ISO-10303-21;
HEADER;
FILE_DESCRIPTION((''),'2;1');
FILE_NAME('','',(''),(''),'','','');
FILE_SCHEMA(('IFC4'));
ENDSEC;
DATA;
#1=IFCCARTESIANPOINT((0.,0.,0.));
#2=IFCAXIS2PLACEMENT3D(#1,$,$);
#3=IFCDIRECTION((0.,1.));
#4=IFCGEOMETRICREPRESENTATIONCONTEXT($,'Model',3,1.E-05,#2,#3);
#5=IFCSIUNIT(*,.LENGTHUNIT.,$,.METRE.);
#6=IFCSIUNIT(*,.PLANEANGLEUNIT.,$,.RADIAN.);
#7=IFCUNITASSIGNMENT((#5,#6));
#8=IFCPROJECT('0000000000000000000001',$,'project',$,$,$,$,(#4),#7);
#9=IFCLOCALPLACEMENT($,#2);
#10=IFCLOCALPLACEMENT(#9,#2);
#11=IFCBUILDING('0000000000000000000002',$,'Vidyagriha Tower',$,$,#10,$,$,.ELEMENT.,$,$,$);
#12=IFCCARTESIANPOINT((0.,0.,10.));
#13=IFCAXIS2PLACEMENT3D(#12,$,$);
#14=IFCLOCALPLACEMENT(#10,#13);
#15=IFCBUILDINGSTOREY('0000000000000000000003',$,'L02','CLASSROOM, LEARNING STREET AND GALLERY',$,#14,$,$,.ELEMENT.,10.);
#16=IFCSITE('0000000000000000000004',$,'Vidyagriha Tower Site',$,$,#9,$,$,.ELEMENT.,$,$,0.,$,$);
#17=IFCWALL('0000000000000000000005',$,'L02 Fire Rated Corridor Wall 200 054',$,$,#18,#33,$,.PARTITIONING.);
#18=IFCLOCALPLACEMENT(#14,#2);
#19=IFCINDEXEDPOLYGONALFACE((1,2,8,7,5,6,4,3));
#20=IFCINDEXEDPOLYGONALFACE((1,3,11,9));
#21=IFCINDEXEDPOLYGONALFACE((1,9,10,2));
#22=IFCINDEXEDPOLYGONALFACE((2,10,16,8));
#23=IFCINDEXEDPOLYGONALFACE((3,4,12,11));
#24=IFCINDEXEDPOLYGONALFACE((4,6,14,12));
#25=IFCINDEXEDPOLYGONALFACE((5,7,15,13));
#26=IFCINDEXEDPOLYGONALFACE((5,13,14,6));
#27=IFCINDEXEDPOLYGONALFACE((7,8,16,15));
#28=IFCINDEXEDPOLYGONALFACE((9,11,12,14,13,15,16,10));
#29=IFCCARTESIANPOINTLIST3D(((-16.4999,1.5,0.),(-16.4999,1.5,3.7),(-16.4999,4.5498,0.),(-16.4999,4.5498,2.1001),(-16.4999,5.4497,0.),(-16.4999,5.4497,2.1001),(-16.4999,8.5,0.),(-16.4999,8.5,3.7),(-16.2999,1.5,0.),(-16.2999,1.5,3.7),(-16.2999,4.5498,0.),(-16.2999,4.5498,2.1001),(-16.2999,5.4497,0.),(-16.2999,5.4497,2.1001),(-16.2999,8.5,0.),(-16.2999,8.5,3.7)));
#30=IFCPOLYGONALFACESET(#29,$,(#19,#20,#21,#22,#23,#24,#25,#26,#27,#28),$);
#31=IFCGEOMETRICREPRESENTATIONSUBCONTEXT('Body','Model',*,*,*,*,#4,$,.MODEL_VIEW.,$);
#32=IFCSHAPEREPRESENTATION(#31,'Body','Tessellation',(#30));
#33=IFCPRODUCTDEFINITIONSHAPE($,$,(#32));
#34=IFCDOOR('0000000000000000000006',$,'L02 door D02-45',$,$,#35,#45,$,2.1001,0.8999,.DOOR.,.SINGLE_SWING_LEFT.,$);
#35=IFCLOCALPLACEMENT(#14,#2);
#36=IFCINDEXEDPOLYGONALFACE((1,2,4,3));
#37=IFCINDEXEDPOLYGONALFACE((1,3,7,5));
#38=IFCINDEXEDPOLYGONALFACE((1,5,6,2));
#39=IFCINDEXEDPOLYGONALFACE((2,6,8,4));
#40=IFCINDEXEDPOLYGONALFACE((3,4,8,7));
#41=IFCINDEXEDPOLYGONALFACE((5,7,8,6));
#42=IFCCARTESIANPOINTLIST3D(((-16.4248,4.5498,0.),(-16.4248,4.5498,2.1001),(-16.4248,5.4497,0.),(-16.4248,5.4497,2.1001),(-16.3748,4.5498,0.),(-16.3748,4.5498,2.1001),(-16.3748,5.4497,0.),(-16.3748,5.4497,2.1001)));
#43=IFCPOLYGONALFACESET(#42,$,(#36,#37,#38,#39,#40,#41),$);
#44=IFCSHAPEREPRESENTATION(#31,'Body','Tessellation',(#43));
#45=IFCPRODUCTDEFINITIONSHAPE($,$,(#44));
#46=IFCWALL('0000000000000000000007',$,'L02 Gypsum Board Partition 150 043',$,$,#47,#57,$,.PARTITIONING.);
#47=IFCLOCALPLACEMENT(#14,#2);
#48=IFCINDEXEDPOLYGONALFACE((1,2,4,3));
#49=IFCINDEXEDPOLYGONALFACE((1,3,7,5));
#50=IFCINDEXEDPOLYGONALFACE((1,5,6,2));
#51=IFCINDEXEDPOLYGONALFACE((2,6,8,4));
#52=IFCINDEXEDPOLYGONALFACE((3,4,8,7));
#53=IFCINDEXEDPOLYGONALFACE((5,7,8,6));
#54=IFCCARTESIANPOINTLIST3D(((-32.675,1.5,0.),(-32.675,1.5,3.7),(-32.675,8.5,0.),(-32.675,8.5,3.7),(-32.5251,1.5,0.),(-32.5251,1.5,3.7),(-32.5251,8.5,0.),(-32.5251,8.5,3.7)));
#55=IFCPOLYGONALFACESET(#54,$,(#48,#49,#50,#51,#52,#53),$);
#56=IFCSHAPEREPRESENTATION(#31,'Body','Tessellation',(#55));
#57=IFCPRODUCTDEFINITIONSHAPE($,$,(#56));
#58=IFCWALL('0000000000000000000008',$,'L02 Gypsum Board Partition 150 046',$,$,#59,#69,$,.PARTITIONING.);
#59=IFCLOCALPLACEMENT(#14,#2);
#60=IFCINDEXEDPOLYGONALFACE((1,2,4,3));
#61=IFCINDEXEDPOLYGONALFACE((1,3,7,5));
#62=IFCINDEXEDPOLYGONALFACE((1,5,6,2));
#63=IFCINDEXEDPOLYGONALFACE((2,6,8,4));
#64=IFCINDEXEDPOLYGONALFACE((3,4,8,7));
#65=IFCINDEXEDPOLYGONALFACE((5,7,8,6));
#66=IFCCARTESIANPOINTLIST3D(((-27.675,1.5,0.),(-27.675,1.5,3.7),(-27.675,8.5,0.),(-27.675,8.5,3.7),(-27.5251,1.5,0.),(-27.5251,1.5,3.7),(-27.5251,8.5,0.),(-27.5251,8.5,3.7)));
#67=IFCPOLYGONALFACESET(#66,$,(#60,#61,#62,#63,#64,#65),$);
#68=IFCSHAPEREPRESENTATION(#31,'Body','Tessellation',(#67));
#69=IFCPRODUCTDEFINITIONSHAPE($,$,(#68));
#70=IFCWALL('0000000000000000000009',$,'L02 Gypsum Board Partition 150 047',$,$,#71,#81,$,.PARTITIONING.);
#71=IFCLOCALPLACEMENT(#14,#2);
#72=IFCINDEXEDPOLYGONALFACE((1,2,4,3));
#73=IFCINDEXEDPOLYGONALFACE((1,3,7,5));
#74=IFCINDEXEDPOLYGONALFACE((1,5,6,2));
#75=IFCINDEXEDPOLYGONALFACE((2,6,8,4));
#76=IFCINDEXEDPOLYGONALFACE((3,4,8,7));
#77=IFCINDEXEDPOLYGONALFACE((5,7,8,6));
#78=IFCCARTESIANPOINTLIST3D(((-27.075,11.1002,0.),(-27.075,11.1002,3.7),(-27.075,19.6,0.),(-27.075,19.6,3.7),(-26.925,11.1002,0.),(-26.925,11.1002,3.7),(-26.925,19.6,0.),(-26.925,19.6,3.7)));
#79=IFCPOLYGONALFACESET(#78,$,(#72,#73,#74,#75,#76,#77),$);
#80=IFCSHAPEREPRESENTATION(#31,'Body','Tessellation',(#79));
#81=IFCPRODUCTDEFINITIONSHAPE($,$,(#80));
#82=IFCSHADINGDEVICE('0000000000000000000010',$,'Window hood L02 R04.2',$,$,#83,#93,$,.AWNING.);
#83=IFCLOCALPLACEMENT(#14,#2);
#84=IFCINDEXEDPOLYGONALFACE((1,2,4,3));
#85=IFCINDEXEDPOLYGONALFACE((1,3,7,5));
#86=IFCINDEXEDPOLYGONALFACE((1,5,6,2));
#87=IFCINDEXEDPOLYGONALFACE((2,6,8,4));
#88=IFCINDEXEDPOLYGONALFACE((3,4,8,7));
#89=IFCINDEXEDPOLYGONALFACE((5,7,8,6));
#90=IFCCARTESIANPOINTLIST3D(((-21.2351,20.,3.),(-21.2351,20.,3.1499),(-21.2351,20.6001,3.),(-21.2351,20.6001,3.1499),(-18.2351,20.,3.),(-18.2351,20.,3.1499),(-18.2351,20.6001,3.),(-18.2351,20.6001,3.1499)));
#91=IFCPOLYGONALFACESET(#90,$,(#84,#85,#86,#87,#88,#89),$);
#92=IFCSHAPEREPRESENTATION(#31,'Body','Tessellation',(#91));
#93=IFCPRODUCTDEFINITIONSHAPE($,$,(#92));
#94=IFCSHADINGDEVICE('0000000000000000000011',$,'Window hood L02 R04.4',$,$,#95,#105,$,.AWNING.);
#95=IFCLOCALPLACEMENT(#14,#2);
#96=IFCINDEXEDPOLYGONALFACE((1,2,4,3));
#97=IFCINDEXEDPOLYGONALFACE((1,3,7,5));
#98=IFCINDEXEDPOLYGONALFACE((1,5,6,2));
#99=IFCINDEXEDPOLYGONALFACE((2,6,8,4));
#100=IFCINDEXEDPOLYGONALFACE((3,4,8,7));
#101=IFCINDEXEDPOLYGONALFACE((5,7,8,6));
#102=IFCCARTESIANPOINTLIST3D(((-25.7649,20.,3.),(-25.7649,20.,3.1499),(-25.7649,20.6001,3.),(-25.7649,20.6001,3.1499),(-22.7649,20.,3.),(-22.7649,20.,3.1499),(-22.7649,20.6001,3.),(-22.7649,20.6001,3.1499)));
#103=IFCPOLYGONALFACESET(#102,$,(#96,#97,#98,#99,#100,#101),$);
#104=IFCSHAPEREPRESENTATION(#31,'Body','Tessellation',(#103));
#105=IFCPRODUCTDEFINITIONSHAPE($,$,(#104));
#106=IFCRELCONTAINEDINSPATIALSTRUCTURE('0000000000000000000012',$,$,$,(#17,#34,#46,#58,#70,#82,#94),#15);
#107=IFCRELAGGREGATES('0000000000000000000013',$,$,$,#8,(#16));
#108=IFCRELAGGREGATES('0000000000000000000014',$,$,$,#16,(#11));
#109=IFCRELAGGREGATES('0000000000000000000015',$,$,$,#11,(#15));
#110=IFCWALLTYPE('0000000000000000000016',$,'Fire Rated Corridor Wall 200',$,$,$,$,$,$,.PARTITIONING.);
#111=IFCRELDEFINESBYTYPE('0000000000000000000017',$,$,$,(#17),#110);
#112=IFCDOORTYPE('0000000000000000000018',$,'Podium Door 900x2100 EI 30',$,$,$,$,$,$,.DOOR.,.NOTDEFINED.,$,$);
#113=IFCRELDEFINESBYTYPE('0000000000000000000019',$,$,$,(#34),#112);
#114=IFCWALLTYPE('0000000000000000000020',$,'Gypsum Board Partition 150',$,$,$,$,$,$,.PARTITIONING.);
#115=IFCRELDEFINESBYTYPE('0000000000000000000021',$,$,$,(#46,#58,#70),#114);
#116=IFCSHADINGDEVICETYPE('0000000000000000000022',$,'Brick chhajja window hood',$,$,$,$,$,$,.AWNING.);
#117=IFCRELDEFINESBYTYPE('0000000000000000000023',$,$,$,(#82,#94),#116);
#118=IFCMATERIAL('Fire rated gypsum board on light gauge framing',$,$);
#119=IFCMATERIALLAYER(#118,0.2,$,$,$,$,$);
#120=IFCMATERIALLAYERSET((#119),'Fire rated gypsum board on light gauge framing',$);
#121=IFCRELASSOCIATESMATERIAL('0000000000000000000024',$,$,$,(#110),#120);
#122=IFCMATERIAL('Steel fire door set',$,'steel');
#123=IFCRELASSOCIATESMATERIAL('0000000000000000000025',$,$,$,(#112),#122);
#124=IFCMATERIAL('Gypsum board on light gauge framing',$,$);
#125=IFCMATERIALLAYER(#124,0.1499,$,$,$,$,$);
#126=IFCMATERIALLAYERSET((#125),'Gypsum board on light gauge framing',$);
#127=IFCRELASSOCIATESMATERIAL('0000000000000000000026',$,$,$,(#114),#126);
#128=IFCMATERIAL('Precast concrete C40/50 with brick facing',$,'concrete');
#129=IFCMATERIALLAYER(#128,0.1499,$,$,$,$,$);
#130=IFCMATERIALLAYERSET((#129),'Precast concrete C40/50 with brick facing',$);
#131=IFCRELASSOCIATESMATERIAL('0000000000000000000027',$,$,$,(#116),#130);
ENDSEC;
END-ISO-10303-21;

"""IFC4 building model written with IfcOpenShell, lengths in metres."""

from ifc_helpers import new_model, si_unit, direction, frame, frame_2d, origin, origin_2d, place, context, subcontext, project, spatial, rectangle, extrude, material, layer, layer_set, type_object, element, fill, save


model = new_model("IFC4")

# Units and contexts
model_context = context("Model", 3, precision=1e-05, world=origin(), true_north=direction((0.0, 1.0)))
body_context = subcontext(model_context, "Body", "Model", "MODEL_VIEW")
ifc_project = project(units=[si_unit("LENGTHUNIT", "METRE"), si_unit("PLANEANGLEUNIT", "RADIAN")], contexts=[model_context])

# Site, building, storey
site_placement = place(None, origin())
site = spatial("IfcSite", under=ifc_project, at=site_placement, Name="Vidyagriha Tower Site", CompositionType="ELEMENT", RefElevation=0.0)
building_placement = place(site_placement, origin())
building = spatial("IfcBuilding", under=site, at=building_placement, Name="Vidyagriha Tower", CompositionType="ELEMENT")
storey_placement = place(building_placement, frame((0.0, 0.0, 10.0)))
storey = spatial("IfcBuildingStorey", under=building, at=storey_placement, Name="L02", Description="CLASSROOM, LEARNING STREET AND GALLERY", CompositionType="ELEMENT", Elevation=10.0)

# Shared definitions
ifc_material_1 = material(Name="Fire rated gypsum board on light gauge framing")
ifc_layer_1 = layer(ifc_material_1, 0.2)
ifc_layer_set_1 = layer_set([ifc_layer_1], Name="Fire rated gypsum board on light gauge framing")
wall_type_1 = type_object("IfcWallType", Name="Fire Rated Corridor Wall 200", PredefinedType="PARTITIONING", material=ifc_layer_set_1)

# Wall, opening, door
wall_1_placement = place(storey_placement, frame((-16.3999, 1.5, 0.0), z_axis=(0.0, 0.0, 1.0), x_axis=(0.0, 1.0, 0.0)))
wall_1 = element("IfcWall", 1, at=wall_1_placement, inside=storey, type_object=wall_type_1, Name="L02 Fire Rated Corridor Wall 200 054", PredefinedType="PARTITIONING", context=body_context, shape_type="SweptSolid", body=[
    extrude(rectangle(XDim=7.0, YDim=0.2, at=frame_2d((3.5, 0.0))), origin(), (0.0, 0.0, 1.0), 3.7),
])
opening_1_placement = place(wall_1_placement, frame((3.0498, 0.0, 0.0)))
opening_1 = element("IfcOpeningElement", 2, at=opening_1_placement, cuts=wall_1, PredefinedType="OPENING", context=body_context, shape_type="SweptSolid", body=[
    extrude(rectangle(XDim=0.8999, YDim=2.1001, at=frame_2d((0.45, 1.05))), frame((0.0, 0.1099, 0.0), z_axis=(0.0, -1.0, 0.0), x_axis=(1.0, 0.0, 0.0)), (0.0, 0.0, 1.0), 0.22),
])
ifc_material_2 = material(Name="Steel fire door set", Category="steel")
door_type_1 = type_object("IfcDoorType", Name="Podium Door 900x2100 EI 30", OperationType="NOTDEFINED", PredefinedType="DOOR", material=ifc_material_2)
door_1_placement = place(opening_1_placement, origin())
door_1 = element("IfcDoor", 3, at=door_1_placement, inside=storey, type_object=door_type_1, Name="L02 door D02-45", OperationType="SINGLE_SWING_LEFT", OverallHeight=2.1001, OverallWidth=0.8999, PredefinedType="DOOR", context=body_context, shape_type="SweptSolid", body=[
    extrude(rectangle(XDim=0.8999, YDim=2.1001, at=frame_2d((0.45, 1.05))), frame((0.0, 0.0249, 0.0), z_axis=(0.0, -1.0, 0.0), x_axis=(1.0, 0.0, 0.0)), (0.0, 0.0, 1.0), 0.05),
])
fill(opening_1, door_1)

# Walls
ifc_material_3 = material(Name="Gypsum board on light gauge framing")
ifc_layer_2 = layer(ifc_material_3, 0.1499)
ifc_layer_set_2 = layer_set([ifc_layer_2], Name="Gypsum board on light gauge framing")
wall_type_2 = type_object("IfcWallType", Name="Gypsum Board Partition 150", PredefinedType="PARTITIONING", material=ifc_layer_set_2)
for number, where, z_axis, x_axis, name in (
    (4, (-32.6001, 1.5, 0.0), (0.0, 0.0, 1.0), (0.0, 1.0, 0.0), "L02 Gypsum Board Partition 150 043"),
    (5, (-27.6001, 1.5, 0.0), (0.0, 0.0, 1.0), (0.0, 1.0, 0.0), "L02 Gypsum Board Partition 150 046"),
):
    element("IfcWall", number, at=place(storey_placement, frame(where, z_axis=z_axis, x_axis=x_axis)), inside=storey, type_object=wall_type_2, Name=name, PredefinedType="PARTITIONING", context=body_context, shape_type="SweptSolid", body=[
        extrude(rectangle(XDim=7.0, YDim=0.1499, at=frame_2d((3.5, 0.0))), origin(), (0.0, 0.0, 1.0), 3.7),
    ])
wall_2_placement = place(storey_placement, frame((-27.0, 11.1001, 0.0), z_axis=(0.0, 0.0, 1.0), x_axis=(0.0, 1.0, 0.0)))
element("IfcWall", 6, at=wall_2_placement, inside=storey, type_object=wall_type_2, Name="L02 Gypsum Board Partition 150 047", PredefinedType="PARTITIONING", context=body_context, shape_type="SweptSolid", body=[
    extrude(rectangle(XDim=8.4998, YDim=0.1499, at=frame_2d((4.25, 0.0))), origin(), (0.0, 0.0, 1.0), 3.7),
])

# Shading devices
ifc_material_4 = material(Name="Precast concrete C40/50 with brick facing", Category="concrete")
ifc_layer_3 = layer(ifc_material_4, 0.1499)
ifc_layer_set_3 = layer_set([ifc_layer_3], Name="Precast concrete C40/50 with brick facing")
shading_device_type = type_object("IfcShadingDeviceType", Name="Brick chhajja window hood", PredefinedType="AWNING", material=ifc_layer_set_3)
for number, where, z_axis, x_axis, name in (
    (7, (-19.7351, 20.3, 3.0), (0.0, 0.0, 1.0), (-1.0, 0.0, 0.0), "Window hood L02 R04.2"),
    (8, (-24.2649, 20.3, 3.0), (0.0, 0.0, 1.0), (-1.0, 0.0, 0.0), "Window hood L02 R04.4"),
):
    element("IfcShadingDevice", number, at=place(storey_placement, frame(where, z_axis=z_axis, x_axis=x_axis)), inside=storey, type_object=shading_device_type, Name=name, PredefinedType="AWNING", context=body_context, shape_type="SweptSolid", body=[
        extrude(rectangle(XDim=3.0, YDim=0.6001, at=origin_2d()), origin(), (0.0, 0.0, 1.0), 0.1499),
    ])

save(model, "model.ifc")
